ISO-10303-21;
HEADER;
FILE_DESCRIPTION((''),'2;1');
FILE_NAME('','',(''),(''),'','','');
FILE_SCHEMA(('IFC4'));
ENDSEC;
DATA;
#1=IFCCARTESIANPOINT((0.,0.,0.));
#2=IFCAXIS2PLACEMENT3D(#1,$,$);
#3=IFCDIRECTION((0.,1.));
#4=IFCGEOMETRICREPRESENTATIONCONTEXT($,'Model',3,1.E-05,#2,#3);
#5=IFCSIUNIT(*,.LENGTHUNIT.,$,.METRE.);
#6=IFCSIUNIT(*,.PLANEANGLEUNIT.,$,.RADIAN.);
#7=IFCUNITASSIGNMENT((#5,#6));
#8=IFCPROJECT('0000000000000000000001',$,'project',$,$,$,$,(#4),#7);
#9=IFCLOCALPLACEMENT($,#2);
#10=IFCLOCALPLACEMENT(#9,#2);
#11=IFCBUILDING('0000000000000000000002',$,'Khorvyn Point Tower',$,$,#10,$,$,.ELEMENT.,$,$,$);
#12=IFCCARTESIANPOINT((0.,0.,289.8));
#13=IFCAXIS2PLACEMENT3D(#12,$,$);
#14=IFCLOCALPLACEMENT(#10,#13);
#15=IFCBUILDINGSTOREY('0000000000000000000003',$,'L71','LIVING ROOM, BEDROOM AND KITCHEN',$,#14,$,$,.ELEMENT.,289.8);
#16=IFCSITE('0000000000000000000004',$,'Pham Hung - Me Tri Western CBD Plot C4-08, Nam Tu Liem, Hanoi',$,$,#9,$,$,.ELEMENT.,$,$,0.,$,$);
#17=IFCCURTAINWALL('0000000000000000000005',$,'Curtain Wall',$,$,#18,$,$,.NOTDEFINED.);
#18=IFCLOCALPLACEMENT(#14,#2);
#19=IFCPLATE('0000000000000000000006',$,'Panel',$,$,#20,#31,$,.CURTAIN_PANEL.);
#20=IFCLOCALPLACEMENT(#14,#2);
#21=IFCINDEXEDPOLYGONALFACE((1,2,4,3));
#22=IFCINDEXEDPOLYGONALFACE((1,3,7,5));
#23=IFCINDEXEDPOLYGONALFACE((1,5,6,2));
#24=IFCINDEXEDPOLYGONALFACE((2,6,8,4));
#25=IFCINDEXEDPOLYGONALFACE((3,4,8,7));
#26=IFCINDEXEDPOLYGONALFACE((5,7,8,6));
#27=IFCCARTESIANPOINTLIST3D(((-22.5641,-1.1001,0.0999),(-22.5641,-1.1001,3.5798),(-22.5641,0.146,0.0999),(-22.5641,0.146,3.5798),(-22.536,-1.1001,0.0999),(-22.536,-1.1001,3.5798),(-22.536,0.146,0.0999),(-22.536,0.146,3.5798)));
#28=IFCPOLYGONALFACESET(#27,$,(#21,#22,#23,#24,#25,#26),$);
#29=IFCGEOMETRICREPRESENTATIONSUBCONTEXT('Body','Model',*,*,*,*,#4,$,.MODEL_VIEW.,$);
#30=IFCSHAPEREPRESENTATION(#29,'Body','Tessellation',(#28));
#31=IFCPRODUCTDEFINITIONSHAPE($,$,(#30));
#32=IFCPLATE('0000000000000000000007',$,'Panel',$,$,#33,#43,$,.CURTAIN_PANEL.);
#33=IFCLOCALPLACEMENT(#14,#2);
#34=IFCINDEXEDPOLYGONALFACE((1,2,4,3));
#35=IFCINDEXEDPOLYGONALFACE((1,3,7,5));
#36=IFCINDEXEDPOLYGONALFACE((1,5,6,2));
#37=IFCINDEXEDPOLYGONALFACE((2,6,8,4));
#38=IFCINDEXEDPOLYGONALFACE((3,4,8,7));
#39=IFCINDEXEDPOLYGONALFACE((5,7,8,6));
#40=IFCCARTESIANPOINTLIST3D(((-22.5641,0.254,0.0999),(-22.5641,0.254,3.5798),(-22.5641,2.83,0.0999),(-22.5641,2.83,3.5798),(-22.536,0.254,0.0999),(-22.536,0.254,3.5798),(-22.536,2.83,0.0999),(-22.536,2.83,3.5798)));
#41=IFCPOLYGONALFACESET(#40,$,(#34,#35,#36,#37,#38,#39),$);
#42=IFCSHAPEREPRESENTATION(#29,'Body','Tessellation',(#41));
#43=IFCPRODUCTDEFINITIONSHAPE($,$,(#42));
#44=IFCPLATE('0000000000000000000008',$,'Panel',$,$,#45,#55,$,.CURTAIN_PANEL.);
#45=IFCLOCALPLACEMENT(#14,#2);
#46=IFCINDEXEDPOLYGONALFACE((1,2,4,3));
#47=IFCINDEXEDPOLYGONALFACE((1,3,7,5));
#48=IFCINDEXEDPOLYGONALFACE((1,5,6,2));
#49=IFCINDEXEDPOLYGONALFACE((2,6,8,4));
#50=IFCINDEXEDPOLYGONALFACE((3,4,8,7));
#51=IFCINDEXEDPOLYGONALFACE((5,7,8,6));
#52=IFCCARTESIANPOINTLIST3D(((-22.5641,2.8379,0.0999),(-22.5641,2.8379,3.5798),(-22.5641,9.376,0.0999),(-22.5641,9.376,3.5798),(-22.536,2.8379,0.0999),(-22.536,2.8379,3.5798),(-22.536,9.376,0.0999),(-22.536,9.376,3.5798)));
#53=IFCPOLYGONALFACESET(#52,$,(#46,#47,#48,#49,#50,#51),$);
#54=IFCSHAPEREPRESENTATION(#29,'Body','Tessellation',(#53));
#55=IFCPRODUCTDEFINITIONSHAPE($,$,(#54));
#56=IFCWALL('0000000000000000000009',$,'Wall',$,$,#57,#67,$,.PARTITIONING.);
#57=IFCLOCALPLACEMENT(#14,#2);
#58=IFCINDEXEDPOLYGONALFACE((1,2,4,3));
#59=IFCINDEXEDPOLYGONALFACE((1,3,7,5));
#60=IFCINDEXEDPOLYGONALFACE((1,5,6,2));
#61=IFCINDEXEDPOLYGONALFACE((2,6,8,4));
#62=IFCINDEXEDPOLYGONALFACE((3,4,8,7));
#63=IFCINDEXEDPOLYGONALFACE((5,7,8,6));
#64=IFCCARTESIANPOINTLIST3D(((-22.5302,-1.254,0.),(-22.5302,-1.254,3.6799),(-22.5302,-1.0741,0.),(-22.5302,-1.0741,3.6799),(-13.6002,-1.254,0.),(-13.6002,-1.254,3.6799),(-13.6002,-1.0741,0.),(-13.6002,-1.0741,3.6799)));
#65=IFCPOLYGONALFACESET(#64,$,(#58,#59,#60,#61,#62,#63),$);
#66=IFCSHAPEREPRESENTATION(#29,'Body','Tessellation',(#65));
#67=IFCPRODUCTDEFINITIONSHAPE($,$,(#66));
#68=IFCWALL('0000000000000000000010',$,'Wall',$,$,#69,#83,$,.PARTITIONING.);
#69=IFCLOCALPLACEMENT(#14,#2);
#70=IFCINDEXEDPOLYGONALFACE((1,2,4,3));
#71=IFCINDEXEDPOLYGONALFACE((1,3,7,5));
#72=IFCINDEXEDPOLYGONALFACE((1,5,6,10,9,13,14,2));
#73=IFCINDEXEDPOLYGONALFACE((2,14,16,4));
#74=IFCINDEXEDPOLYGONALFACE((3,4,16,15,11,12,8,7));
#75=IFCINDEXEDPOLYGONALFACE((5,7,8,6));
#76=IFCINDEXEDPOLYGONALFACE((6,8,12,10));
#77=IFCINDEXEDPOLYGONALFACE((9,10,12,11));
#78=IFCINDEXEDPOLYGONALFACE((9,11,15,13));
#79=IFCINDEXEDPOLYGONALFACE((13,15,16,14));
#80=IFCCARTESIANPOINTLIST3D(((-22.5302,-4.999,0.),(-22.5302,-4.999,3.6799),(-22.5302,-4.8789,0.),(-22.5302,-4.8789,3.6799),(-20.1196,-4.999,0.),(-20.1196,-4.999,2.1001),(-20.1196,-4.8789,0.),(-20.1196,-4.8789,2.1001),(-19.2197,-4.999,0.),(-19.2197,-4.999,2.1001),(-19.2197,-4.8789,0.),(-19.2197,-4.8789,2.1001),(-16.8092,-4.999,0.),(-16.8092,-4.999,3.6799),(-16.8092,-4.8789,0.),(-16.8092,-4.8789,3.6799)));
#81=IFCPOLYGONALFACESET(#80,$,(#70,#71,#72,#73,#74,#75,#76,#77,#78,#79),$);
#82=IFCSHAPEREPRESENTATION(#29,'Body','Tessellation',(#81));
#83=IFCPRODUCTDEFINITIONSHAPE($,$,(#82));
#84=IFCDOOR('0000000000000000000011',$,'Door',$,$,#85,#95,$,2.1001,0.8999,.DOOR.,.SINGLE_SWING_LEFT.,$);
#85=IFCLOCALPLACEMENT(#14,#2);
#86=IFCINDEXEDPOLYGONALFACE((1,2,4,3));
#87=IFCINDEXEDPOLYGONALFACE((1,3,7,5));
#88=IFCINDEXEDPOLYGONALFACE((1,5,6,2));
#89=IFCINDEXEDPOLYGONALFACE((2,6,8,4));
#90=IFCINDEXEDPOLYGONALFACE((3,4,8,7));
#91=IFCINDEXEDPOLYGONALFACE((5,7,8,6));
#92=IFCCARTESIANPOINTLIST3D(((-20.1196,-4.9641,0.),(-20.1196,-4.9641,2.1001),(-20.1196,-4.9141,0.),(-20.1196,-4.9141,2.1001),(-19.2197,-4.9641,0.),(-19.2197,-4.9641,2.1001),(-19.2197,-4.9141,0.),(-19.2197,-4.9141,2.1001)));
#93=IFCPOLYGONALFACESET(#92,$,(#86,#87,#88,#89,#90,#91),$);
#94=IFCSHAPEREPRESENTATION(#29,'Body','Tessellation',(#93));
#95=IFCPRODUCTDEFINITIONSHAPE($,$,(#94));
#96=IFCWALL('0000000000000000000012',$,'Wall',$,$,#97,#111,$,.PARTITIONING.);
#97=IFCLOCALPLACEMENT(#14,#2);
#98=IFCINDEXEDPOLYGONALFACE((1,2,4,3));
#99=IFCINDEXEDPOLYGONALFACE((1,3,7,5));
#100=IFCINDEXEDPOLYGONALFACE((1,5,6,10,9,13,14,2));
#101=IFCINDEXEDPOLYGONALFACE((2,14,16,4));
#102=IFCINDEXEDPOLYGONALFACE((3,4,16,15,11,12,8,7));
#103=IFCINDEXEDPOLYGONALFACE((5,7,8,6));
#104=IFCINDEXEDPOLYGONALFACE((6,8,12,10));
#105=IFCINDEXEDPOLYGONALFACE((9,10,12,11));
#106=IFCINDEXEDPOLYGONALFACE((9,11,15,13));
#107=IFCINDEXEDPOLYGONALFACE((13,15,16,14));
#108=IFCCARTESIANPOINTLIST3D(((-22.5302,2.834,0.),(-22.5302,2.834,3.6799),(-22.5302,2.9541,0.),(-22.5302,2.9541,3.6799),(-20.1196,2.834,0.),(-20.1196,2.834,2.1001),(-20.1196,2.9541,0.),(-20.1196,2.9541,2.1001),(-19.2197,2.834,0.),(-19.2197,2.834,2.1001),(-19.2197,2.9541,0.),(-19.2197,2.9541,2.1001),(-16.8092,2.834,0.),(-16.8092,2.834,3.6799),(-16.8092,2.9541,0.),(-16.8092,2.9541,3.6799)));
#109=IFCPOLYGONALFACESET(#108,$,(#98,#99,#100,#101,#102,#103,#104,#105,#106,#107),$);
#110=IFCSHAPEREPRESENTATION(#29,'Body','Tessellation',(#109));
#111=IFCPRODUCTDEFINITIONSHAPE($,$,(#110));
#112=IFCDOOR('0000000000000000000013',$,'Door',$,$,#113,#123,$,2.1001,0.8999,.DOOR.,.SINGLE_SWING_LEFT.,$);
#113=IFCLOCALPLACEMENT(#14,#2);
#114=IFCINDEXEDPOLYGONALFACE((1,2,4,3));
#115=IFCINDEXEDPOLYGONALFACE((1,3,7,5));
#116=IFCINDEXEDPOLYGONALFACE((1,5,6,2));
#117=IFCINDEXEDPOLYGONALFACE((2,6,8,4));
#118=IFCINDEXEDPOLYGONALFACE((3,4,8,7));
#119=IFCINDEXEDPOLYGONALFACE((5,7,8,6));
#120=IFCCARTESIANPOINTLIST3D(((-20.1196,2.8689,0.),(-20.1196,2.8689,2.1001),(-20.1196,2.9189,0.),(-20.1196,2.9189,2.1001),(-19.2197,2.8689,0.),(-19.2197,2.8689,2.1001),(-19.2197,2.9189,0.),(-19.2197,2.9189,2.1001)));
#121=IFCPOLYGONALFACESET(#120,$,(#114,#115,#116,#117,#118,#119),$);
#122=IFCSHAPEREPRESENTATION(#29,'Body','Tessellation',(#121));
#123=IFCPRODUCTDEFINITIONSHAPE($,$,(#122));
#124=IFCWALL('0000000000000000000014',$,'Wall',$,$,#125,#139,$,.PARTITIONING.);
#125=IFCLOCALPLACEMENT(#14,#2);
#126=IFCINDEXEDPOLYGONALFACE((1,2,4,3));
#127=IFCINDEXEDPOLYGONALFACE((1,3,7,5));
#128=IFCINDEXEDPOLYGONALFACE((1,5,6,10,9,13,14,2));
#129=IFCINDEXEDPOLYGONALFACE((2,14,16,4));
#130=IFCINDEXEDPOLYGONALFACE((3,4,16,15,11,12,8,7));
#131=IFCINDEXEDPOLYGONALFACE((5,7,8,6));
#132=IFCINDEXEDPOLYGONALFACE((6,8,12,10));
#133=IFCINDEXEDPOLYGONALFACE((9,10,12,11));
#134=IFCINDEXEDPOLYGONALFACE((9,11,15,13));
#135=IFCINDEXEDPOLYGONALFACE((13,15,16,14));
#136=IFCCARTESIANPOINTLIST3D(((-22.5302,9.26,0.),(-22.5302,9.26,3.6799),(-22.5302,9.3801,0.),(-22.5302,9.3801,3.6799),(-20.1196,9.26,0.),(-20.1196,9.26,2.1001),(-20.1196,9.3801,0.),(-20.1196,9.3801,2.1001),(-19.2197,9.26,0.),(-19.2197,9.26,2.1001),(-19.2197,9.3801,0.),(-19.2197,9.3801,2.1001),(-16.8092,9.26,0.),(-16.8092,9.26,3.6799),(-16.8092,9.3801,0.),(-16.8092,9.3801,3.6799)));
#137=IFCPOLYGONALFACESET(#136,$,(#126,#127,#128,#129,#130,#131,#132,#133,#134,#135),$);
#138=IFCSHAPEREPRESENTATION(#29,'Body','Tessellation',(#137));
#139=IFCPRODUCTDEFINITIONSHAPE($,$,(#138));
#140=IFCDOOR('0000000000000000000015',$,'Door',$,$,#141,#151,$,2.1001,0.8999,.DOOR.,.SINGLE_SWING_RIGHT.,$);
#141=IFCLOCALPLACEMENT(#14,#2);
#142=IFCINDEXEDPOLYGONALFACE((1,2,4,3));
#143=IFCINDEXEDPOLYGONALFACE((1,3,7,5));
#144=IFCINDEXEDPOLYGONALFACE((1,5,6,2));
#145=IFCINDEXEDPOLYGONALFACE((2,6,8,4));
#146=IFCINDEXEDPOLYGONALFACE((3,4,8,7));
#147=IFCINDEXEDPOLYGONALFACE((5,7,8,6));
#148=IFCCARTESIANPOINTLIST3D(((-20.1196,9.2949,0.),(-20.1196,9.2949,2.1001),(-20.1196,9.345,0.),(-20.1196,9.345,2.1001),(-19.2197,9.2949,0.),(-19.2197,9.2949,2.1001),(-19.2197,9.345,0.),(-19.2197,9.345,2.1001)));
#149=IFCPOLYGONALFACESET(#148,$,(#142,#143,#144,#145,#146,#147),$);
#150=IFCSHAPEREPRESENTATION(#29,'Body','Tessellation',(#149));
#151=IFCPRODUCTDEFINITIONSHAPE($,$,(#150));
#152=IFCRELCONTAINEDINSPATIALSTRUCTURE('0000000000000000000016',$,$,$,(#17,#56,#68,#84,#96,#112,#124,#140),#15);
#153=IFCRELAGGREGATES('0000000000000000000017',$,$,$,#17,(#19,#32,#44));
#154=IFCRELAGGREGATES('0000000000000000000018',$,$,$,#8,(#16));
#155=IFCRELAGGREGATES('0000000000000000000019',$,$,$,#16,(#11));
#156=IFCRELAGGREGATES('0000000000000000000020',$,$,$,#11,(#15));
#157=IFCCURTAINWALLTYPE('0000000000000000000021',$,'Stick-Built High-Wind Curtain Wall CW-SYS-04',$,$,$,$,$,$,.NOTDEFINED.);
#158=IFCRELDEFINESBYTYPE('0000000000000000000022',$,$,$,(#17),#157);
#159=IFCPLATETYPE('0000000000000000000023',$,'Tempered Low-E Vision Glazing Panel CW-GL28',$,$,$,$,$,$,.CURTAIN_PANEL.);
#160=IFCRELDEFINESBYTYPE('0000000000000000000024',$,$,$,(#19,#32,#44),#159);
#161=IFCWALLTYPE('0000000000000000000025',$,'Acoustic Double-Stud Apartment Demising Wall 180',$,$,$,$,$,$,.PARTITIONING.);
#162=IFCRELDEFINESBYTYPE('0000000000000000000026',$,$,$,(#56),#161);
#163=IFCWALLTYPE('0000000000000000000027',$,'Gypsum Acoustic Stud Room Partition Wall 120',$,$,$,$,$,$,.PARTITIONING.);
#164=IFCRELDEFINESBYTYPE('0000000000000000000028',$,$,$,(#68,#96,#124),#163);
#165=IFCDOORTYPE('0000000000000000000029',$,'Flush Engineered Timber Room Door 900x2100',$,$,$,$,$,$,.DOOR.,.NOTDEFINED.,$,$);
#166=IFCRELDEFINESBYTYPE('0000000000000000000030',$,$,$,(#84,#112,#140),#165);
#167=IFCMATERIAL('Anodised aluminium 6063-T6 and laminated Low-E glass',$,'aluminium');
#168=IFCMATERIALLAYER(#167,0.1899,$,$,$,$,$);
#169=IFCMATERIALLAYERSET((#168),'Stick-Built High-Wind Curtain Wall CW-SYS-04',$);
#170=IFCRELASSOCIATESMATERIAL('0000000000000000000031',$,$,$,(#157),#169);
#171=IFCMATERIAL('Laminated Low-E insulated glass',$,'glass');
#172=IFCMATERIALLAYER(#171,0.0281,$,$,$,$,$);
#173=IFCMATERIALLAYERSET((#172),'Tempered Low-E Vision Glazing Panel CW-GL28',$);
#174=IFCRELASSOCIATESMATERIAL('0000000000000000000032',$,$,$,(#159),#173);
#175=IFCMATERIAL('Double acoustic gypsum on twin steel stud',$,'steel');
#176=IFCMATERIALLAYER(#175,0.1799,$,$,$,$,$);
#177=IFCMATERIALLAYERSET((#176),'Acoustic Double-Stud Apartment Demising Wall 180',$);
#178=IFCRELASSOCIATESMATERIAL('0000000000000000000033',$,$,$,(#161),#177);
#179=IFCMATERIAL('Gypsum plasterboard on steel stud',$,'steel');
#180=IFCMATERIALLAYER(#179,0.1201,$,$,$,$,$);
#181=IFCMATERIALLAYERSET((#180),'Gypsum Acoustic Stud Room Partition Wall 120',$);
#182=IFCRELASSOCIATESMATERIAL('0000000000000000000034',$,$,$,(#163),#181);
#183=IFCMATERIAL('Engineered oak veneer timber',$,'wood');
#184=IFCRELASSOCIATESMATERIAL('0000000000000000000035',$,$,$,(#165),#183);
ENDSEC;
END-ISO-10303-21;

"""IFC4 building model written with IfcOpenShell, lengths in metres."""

from ifc_helpers import new_model, si_unit, direction, frame, frame_2d, origin, origin_2d, place, context, subcontext, project, spatial, rectangle, extrude, material, layer, layer_set, type_object, element, fill, aggregate, save


model = new_model("IFC4")

# Units and contexts
model_context = context("Model", 3, precision=1e-05, world=origin(), true_north=direction((0.0, 1.0)))
body_context = subcontext(model_context, "Body", "Model", "MODEL_VIEW")
ifc_project = project(units=[si_unit("LENGTHUNIT", "METRE"), si_unit("PLANEANGLEUNIT", "RADIAN")], contexts=[model_context])

# Site, building, storey
site_placement = place(None, origin())
site = spatial("IfcSite", under=ifc_project, at=site_placement, Name="Pham Hung - Me Tri Western CBD Plot C4-08, Nam Tu Liem, Hanoi", CompositionType="ELEMENT", RefElevation=0.0)
building_placement = place(site_placement, origin())
building = spatial("IfcBuilding", under=site, at=building_placement, Name="Khorvyn Point Tower", CompositionType="ELEMENT")
storey_placement = place(building_placement, frame((0.0, 0.0, 289.8)))
storey = spatial("IfcBuildingStorey", under=building, at=storey_placement, Name="L71", Description="LIVING ROOM, BEDROOM AND KITCHEN", CompositionType="ELEMENT", Elevation=289.8)

# Curtain wall
ifc_material_1 = material(Name="Anodised aluminium 6063-T6 and laminated Low-E glass", Category="aluminium")
ifc_layer_1 = layer(ifc_material_1, 0.1899)
ifc_layer_set_1 = layer_set([ifc_layer_1], Name="Stick-Built High-Wind Curtain Wall CW-SYS-04")
curtain_wall_type = type_object("IfcCurtainWallType", Name="Stick-Built High-Wind Curtain Wall CW-SYS-04", PredefinedType="NOTDEFINED", material=ifc_layer_set_1)
curtain_wall_placement = place(storey_placement, origin())
curtain_wall = element("IfcCurtainWall", 1, at=curtain_wall_placement, inside=storey, type_object=curtain_wall_type, Name="Curtain Wall", PredefinedType="NOTDEFINED")

# Plates
ifc_material_2 = material(Name="Laminated Low-E insulated glass", Category="glass")
ifc_layer_2 = layer(ifc_material_2, 0.0281)
ifc_layer_set_2 = layer_set([ifc_layer_2], Name="Tempered Low-E Vision Glazing Panel CW-GL28")
plate_type = type_object("IfcPlateType", Name="Tempered Low-E Vision Glazing Panel CW-GL28", PredefinedType="CURTAIN_PANEL", material=ifc_layer_set_2)
plate_1_placement = place(storey_placement, frame((-22.55, -0.4771, 0.0999), z_axis=(0.0, 0.0, 1.0), x_axis=(0.0, 1.0, 0.0)))
plate_1 = element("IfcPlate", 2, at=plate_1_placement, type_object=plate_type, Name="Panel", PredefinedType="CURTAIN_PANEL", context=body_context, shape_type="SweptSolid", body=[
    extrude(rectangle(XDim=1.2461, YDim=0.0281, at=origin_2d()), origin(), (0.0, 0.0, 1.0), 3.48),
])
plate_2_placement = place(storey_placement, frame((-22.55, 1.542, 0.0999), z_axis=(0.0, 0.0, 1.0), x_axis=(0.0, 1.0, 0.0)))
plate_2 = element("IfcPlate", 3, at=plate_2_placement, type_object=plate_type, Name="Panel", PredefinedType="CURTAIN_PANEL", context=body_context, shape_type="SweptSolid", body=[
    extrude(rectangle(XDim=2.5759, YDim=0.0281, at=origin_2d()), origin(), (0.0, 0.0, 1.0), 3.48),
])
plate_3_placement = place(storey_placement, frame((-22.55, 6.1069, 0.0999), z_axis=(0.0, 0.0, 1.0), x_axis=(0.0, 1.0, 0.0)))
plate_3 = element("IfcPlate", 4, at=plate_3_placement, type_object=plate_type, Name="Panel", PredefinedType="CURTAIN_PANEL", context=body_context, shape_type="SweptSolid", body=[
    extrude(rectangle(XDim=6.5381, YDim=0.0281, at=origin_2d()), origin(), (0.0, 0.0, 1.0), 3.48),
])
aggregate(curtain_wall, [plate_1, plate_2, plate_3])

# Wall
ifc_material_3 = material(Name="Double acoustic gypsum on twin steel stud", Category="steel")
ifc_layer_3 = layer(ifc_material_3, 0.1799)
ifc_layer_set_3 = layer_set([ifc_layer_3], Name="Acoustic Double-Stud Apartment Demising Wall 180")
wall_type_1 = type_object("IfcWallType", Name="Acoustic Double-Stud Apartment Demising Wall 180", PredefinedType="PARTITIONING", material=ifc_layer_set_3)
wall_1_placement = place(storey_placement, frame((-22.53, -1.1641, 0.0), z_axis=(0.0, 0.0, 1.0), x_axis=(1.0, 0.0, 0.0)))
element("IfcWall", 5, at=wall_1_placement, inside=storey, type_object=wall_type_1, Name="Wall", PredefinedType="PARTITIONING", context=body_context, shape_type="SweptSolid", body=[
    extrude(rectangle(XDim=8.9299, YDim=0.1799, at=frame_2d((4.4648, 0.0))), origin(), (0.0, 0.0, 1.0), 3.6799),
])

# Walls, openings, doors
ifc_material_4 = material(Name="Gypsum plasterboard on steel stud", Category="steel")
ifc_layer_4 = layer(ifc_material_4, 0.1201)
ifc_layer_set_4 = layer_set([ifc_layer_4], Name="Gypsum Acoustic Stud Room Partition Wall 120")
wall_type_2 = type_object("IfcWallType", Name="Gypsum Acoustic Stud Room Partition Wall 120", PredefinedType="PARTITIONING", material=ifc_layer_set_4)
wall_2_placement = place(storey_placement, frame((-22.53, -4.939, 0.0), z_axis=(0.0, 0.0, 1.0), x_axis=(1.0, 0.0, 0.0)))
wall_2 = element("IfcWall", 6, at=wall_2_placement, inside=storey, type_object=wall_type_2, Name="Wall", PredefinedType="PARTITIONING", context=body_context, shape_type="SweptSolid", body=[
    extrude(rectangle(XDim=5.7209, YDim=0.1201, at=frame_2d((2.8604, 0.0))), origin(), (0.0, 0.0, 1.0), 3.6799),
])
opening_1_placement = place(wall_2_placement, frame((2.4104, 0.0, 0.0)))
opening_1 = element("IfcOpeningElement", 7, at=opening_1_placement, cuts=wall_2, PredefinedType="OPENING", context=body_context, shape_type="SweptSolid", body=[
    extrude(rectangle(XDim=0.8999, YDim=2.1001, at=frame_2d((0.45, 1.05))), frame((0.0, 0.0701, 0.0), z_axis=(0.0, -1.0, 0.0), x_axis=(1.0, 0.0, 0.0)), (0.0, 0.0, 1.0), 0.1401),
])
ifc_material_5 = material(Name="Engineered oak veneer timber", Category="wood")
door_type_1 = type_object("IfcDoorType", Name="Flush Engineered Timber Room Door 900x2100", OperationType="NOTDEFINED", PredefinedType="DOOR", material=ifc_material_5)
door_1_placement = place(opening_1_placement, origin())
door_1 = element("IfcDoor", 8, at=door_1_placement, inside=storey, type_object=door_type_1, Name="Door", OperationType="SINGLE_SWING_LEFT", OverallHeight=2.1001, OverallWidth=0.8999, PredefinedType="DOOR", context=body_context, shape_type="SweptSolid", body=[
    extrude(rectangle(XDim=0.8999, YDim=2.1001, at=frame_2d((0.45, 1.05))), frame((0.0, 0.0249, 0.0), z_axis=(0.0, -1.0, 0.0), x_axis=(1.0, 0.0, 0.0)), (0.0, 0.0, 1.0), 0.05),
])
fill(opening_1, door_1)
wall_3_placement = place(storey_placement, frame((-22.53, 2.894, 0.0), z_axis=(0.0, 0.0, 1.0), x_axis=(1.0, 0.0, 0.0)))
wall_3 = element("IfcWall", 9, at=wall_3_placement, inside=storey, type_object=wall_type_2, Name="Wall", PredefinedType="PARTITIONING", context=body_context, shape_type="SweptSolid", body=[
    extrude(rectangle(XDim=5.7209, YDim=0.1201, at=frame_2d((2.8604, 0.0))), origin(), (0.0, 0.0, 1.0), 3.6799),
])
opening_2_placement = place(wall_3_placement, frame((2.4104, 0.0, 0.0)))
opening_2 = element("IfcOpeningElement", 10, at=opening_2_placement, cuts=wall_3, PredefinedType="OPENING", context=body_context, shape_type="SweptSolid", body=[
    extrude(rectangle(XDim=0.8999, YDim=2.1001, at=frame_2d((0.45, 1.05))), frame((0.0, 0.0701, 0.0), z_axis=(0.0, -1.0, 0.0), x_axis=(1.0, 0.0, 0.0)), (0.0, 0.0, 1.0), 0.1401),
])
door_2_placement = place(opening_2_placement, origin())
door_2 = element("IfcDoor", 11, at=door_2_placement, inside=storey, type_object=door_type_1, Name="Door", OperationType="SINGLE_SWING_LEFT", OverallHeight=2.1001, OverallWidth=0.8999, PredefinedType="DOOR", context=body_context, shape_type="SweptSolid", body=[
    extrude(rectangle(XDim=0.8999, YDim=2.1001, at=frame_2d((0.45, 1.05))), frame((0.0, 0.0249, 0.0), z_axis=(0.0, -1.0, 0.0), x_axis=(1.0, 0.0, 0.0)), (0.0, 0.0, 1.0), 0.05),
])
fill(opening_2, door_2)
wall_4_placement = place(storey_placement, frame((-22.53, 9.3201, 0.0), z_axis=(0.0, 0.0, 1.0), x_axis=(1.0, 0.0, 0.0)))
wall_4 = element("IfcWall", 12, at=wall_4_placement, inside=storey, type_object=wall_type_2, Name="Wall", PredefinedType="PARTITIONING", context=body_context, shape_type="SweptSolid", body=[
    extrude(rectangle(XDim=5.7209, YDim=0.1201, at=frame_2d((2.8604, 0.0))), origin(), (0.0, 0.0, 1.0), 3.6799),
])
opening_3_placement = place(wall_4_placement, frame((2.4104, 0.0, 0.0)))
opening_3 = element("IfcOpeningElement", 13, at=opening_3_placement, cuts=wall_4, PredefinedType="OPENING", context=body_context, shape_type="SweptSolid", body=[
    extrude(rectangle(XDim=0.8999, YDim=2.1001, at=frame_2d((0.45, 1.05))), frame((0.0, 0.0701, 0.0), z_axis=(0.0, -1.0, 0.0), x_axis=(1.0, 0.0, 0.0)), (0.0, 0.0, 1.0), 0.1401),
])
door_3_placement = place(opening_3_placement, origin())
door_3 = element("IfcDoor", 14, at=door_3_placement, inside=storey, type_object=door_type_1, Name="Door", OperationType="SINGLE_SWING_RIGHT", OverallHeight=2.1001, OverallWidth=0.8999, PredefinedType="DOOR", context=body_context, shape_type="SweptSolid", body=[
    extrude(rectangle(XDim=0.8999, YDim=2.1001, at=frame_2d((0.45, 1.05))), frame((0.0, 0.0249, 0.0), z_axis=(0.0, -1.0, 0.0), x_axis=(1.0, 0.0, 0.0)), (0.0, 0.0, 1.0), 0.05),
])
fill(opening_3, door_3)

save(model, "model.ifc")
